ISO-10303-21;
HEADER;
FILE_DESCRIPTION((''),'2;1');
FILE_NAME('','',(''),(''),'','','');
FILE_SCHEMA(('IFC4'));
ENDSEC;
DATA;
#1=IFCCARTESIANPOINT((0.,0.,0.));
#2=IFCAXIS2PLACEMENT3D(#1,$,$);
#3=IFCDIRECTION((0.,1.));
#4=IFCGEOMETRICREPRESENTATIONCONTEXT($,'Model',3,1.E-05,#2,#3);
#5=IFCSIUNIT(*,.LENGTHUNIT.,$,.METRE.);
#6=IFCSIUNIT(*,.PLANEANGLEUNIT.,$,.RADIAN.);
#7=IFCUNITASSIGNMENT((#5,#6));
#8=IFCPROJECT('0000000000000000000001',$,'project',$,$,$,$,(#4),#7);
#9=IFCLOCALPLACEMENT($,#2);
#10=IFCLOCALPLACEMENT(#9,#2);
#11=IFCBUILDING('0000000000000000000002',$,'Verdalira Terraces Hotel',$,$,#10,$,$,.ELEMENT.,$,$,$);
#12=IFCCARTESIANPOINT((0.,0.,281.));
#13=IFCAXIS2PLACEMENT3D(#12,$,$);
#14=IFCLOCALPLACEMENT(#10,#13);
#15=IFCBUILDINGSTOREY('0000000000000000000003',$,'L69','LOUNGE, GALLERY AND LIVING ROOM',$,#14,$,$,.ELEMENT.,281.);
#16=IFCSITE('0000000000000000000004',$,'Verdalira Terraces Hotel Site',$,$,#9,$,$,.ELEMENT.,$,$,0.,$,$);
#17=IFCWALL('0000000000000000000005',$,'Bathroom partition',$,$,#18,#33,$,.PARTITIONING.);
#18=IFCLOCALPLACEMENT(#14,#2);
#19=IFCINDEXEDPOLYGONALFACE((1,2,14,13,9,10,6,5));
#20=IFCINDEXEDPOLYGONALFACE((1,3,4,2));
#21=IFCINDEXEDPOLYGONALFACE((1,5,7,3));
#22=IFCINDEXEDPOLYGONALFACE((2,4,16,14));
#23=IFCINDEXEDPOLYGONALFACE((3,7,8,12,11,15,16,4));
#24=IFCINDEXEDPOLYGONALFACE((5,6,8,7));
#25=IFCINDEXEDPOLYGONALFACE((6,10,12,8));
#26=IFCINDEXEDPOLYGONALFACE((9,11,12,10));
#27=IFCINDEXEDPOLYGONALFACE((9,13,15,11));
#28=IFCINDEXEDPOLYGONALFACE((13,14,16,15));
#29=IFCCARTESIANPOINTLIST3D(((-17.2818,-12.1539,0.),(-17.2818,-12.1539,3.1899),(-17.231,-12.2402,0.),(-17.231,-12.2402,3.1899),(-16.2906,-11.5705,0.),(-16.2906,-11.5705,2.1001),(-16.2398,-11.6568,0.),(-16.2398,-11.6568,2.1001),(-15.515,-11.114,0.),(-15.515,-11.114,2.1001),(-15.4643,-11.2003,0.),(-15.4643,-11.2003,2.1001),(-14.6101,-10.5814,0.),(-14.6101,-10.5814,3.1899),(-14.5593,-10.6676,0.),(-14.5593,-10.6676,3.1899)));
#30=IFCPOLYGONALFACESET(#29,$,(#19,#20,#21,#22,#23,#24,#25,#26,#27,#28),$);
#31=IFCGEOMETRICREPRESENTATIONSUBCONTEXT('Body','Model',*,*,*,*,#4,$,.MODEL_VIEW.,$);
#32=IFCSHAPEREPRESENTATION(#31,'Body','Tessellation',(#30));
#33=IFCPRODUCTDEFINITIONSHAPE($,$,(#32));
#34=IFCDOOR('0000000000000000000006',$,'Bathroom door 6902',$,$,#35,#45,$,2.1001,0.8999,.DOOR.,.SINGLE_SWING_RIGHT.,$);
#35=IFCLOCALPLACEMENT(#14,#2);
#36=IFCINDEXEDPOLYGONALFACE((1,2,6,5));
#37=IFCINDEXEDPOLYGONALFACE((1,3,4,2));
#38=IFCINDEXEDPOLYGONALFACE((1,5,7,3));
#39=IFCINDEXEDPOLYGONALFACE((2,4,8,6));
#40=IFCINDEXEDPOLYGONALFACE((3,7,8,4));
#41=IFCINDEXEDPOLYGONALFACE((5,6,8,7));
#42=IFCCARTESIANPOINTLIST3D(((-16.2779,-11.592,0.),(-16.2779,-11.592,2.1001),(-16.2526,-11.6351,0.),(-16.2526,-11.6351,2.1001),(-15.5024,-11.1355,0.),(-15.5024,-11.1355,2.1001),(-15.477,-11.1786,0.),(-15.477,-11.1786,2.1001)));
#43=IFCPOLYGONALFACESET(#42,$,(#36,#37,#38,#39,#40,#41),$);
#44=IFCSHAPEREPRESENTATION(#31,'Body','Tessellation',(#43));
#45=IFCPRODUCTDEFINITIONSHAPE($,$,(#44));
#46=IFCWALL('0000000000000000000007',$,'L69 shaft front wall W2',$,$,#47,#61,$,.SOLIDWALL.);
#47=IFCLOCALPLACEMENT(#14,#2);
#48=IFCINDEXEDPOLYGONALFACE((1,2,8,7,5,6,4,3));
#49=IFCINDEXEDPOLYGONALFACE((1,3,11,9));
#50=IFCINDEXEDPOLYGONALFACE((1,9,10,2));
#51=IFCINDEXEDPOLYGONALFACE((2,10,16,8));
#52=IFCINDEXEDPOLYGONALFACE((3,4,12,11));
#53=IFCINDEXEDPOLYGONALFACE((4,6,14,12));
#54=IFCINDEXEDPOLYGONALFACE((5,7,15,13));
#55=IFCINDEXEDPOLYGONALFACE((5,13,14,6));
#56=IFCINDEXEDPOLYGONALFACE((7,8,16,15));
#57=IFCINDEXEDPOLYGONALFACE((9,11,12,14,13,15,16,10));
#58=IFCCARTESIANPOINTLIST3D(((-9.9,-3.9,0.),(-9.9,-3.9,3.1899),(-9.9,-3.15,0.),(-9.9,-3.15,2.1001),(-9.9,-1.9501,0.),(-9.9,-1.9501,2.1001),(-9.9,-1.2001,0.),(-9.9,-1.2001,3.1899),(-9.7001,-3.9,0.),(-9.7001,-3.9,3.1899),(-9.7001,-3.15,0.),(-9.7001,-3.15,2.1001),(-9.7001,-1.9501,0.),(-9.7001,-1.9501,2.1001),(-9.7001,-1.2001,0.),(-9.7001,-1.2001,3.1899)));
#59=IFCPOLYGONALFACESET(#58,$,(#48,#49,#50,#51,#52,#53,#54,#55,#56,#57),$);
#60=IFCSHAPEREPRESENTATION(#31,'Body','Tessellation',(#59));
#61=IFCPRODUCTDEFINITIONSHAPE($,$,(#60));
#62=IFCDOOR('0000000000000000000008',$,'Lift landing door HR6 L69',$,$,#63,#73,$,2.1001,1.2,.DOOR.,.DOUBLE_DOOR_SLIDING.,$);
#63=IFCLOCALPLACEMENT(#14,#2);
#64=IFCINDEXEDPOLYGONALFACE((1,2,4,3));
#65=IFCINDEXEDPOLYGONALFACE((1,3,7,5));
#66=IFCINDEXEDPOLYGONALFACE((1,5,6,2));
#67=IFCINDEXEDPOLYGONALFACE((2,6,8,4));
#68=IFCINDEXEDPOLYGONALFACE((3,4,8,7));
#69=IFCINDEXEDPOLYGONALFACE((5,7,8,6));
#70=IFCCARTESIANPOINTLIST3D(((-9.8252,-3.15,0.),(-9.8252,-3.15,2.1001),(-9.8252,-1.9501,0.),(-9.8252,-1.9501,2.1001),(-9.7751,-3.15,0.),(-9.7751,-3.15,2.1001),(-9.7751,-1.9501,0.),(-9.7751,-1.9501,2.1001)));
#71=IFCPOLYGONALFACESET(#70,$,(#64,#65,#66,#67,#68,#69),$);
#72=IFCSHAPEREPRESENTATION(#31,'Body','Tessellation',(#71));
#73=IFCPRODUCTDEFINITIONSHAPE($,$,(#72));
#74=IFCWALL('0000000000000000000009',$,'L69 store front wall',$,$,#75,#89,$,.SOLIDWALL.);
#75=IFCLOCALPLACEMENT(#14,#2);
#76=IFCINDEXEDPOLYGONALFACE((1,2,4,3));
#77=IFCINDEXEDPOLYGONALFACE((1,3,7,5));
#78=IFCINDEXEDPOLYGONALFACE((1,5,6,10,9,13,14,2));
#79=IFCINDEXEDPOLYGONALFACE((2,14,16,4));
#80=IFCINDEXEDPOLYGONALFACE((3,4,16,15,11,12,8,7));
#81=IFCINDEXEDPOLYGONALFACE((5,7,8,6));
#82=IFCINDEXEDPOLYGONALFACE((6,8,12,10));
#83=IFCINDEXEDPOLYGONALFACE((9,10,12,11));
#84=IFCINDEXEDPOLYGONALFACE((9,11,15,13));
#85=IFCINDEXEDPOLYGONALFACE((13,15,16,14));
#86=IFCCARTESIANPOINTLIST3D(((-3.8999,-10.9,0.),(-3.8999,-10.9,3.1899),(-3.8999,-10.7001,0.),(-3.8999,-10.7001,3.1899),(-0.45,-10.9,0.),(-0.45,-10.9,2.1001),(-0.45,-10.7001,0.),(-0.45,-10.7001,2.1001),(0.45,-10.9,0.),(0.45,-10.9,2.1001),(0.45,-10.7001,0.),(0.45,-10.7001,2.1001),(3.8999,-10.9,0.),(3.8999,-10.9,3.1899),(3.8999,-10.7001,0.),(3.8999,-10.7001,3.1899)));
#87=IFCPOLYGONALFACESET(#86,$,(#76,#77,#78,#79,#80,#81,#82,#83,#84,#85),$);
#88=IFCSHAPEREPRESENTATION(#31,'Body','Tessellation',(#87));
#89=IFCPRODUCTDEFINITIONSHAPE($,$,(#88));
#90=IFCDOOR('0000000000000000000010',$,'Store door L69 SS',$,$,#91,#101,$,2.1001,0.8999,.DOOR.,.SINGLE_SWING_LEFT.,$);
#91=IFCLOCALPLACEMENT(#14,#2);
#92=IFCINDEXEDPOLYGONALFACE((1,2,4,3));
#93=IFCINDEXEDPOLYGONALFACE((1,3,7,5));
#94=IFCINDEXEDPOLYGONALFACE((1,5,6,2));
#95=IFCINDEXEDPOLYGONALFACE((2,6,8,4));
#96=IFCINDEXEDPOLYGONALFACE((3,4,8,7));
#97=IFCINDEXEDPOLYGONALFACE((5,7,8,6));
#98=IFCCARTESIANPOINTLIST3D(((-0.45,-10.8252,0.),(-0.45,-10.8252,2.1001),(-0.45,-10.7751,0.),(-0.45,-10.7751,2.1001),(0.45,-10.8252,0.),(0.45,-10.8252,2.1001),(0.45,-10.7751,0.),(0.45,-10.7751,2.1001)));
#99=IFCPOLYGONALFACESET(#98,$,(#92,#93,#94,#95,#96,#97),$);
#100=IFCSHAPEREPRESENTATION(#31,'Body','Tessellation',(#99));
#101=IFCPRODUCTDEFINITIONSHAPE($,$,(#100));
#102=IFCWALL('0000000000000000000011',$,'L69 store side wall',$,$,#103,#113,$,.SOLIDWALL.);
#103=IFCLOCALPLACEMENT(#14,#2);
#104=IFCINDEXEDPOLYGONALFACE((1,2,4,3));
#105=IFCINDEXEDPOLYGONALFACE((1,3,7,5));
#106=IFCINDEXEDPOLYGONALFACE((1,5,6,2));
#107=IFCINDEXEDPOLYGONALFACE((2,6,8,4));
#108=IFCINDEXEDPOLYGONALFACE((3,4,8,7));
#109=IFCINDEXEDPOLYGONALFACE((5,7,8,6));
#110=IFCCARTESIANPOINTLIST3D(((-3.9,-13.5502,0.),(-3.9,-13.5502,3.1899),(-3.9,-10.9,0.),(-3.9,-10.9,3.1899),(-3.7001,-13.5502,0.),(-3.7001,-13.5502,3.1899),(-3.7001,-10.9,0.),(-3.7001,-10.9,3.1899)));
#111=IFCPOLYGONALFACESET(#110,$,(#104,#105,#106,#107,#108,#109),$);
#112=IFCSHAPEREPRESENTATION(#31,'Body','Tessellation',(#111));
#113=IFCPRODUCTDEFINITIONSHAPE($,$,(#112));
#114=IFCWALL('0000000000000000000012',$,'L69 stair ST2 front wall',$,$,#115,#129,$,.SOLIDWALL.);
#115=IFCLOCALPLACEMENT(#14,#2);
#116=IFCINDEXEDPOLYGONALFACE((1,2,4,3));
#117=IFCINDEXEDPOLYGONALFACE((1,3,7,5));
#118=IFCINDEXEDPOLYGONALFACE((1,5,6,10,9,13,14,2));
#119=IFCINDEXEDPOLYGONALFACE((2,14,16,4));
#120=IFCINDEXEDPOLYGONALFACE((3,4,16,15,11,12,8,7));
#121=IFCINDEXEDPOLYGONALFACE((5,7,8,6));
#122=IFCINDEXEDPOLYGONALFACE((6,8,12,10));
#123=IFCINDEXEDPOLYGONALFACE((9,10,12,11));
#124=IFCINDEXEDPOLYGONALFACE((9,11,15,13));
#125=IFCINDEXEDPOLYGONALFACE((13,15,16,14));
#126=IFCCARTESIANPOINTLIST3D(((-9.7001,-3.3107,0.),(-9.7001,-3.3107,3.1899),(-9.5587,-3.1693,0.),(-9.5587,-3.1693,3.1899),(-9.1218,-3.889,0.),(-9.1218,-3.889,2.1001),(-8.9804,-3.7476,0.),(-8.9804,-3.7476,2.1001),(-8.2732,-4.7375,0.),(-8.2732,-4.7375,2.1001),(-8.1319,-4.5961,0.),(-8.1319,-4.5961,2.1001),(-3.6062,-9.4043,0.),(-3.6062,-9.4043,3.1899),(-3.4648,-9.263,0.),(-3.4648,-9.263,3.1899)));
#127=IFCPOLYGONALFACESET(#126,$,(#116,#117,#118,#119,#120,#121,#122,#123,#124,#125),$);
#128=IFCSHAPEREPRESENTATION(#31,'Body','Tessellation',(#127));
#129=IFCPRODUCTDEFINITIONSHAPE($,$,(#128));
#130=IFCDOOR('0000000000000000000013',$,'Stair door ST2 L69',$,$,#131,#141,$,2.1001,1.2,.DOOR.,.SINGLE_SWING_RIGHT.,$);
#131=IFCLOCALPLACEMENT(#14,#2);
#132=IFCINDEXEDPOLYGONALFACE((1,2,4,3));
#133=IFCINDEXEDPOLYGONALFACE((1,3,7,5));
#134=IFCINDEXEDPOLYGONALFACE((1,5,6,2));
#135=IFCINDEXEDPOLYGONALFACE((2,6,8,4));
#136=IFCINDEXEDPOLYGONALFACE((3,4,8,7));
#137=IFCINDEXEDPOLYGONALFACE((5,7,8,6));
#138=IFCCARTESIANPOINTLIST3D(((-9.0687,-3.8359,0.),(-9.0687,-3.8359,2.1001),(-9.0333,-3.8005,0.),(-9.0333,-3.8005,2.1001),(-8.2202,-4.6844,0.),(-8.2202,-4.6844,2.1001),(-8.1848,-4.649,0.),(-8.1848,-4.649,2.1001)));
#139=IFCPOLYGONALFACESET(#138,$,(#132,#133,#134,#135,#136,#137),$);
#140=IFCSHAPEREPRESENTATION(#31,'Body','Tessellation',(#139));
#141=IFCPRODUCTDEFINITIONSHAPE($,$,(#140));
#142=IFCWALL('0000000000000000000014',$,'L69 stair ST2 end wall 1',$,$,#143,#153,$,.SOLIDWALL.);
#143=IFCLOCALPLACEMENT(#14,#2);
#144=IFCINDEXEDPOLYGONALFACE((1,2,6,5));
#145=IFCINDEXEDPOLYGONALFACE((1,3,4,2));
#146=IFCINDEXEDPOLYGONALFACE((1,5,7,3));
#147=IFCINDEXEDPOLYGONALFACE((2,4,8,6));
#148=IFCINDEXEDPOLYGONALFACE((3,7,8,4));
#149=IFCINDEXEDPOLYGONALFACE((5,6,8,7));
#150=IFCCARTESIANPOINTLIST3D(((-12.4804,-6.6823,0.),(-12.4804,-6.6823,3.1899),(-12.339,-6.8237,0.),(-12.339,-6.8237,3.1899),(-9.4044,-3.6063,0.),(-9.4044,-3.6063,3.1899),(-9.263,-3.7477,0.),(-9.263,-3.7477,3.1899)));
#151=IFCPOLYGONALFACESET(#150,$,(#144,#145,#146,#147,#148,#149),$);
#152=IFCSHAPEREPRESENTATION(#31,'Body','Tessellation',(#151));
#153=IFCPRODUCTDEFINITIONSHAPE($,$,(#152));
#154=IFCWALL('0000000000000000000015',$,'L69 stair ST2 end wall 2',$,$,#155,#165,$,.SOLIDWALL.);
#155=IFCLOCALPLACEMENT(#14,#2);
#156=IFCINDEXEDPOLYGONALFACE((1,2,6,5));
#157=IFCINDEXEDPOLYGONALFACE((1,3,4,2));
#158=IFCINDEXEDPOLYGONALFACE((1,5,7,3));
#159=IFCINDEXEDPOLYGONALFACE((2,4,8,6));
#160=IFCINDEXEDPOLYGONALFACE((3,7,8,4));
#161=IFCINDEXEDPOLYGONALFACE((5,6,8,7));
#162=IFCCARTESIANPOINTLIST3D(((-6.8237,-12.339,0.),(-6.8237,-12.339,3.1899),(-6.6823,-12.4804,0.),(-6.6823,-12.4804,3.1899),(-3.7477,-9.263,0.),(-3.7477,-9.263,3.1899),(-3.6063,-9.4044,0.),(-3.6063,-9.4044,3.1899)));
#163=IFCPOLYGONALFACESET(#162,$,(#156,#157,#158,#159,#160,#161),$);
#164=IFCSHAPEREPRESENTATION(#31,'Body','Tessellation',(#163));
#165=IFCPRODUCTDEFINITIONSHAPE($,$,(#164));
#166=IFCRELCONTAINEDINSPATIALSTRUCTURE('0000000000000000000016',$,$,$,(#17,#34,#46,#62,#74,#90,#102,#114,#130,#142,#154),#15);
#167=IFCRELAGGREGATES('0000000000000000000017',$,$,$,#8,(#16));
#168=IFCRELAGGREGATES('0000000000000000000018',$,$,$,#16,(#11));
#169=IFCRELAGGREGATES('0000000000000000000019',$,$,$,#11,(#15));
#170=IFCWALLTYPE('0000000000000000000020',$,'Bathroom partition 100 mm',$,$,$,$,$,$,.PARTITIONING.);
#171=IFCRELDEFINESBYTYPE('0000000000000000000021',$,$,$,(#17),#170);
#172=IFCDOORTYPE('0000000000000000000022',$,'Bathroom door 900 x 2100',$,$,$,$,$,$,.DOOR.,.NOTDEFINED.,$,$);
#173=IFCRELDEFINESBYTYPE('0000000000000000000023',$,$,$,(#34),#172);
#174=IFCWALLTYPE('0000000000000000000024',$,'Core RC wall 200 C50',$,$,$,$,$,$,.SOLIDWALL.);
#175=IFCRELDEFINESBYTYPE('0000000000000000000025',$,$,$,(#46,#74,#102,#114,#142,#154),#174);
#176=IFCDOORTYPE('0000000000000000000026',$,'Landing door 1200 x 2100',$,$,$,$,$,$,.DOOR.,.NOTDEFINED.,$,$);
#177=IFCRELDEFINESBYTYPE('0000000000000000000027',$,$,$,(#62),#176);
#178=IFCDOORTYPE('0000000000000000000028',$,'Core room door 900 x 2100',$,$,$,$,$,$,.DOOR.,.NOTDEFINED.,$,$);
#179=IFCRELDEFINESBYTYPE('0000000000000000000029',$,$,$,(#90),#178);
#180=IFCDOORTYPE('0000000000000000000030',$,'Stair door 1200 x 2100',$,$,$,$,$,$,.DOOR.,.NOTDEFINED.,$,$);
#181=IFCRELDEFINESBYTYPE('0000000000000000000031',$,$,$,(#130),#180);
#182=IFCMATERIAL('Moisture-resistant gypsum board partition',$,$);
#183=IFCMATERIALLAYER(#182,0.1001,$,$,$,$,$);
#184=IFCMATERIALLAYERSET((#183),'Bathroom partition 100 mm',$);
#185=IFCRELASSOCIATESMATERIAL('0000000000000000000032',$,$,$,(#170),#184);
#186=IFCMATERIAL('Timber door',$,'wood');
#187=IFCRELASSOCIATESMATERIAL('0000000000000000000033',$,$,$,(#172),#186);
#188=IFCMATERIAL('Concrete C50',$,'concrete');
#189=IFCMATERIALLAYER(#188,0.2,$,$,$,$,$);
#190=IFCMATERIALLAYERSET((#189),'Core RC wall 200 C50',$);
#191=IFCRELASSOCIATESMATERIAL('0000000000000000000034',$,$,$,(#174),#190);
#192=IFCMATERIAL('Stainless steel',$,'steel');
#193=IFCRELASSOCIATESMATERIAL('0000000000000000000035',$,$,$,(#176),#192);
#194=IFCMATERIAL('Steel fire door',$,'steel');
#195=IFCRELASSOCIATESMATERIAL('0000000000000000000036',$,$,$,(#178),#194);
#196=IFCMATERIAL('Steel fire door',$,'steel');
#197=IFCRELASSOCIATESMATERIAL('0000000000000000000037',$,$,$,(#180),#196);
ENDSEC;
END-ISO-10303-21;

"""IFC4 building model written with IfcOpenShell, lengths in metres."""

from ifc_helpers import new_model, si_unit, direction, frame, frame_2d, origin, place, context, subcontext, project, spatial, rectangle, extrude, material, layer, layer_set, type_object, element, fill, save


model = new_model("IFC4")

# Units and contexts
model_context = context("Model", 3, precision=1e-05, world=origin(), true_north=direction((0.0, 1.0)))
body_context = subcontext(model_context, "Body", "Model", "MODEL_VIEW")
ifc_project = project(units=[si_unit("LENGTHUNIT", "METRE"), si_unit("PLANEANGLEUNIT", "RADIAN")], contexts=[model_context])

# Site, building, storey
site_placement = place(None, origin())
site = spatial("IfcSite", under=ifc_project, at=site_placement, Name="Verdalira Terraces Hotel Site", CompositionType="ELEMENT", RefElevation=0.0)
building_placement = place(site_placement, origin())
building = spatial("IfcBuilding", under=site, at=building_placement, Name="Verdalira Terraces Hotel", CompositionType="ELEMENT")
storey_placement = place(building_placement, frame((0.0, 0.0, 281.0)))
storey = spatial("IfcBuildingStorey", under=building, at=storey_placement, Name="L69", Description="LOUNGE, GALLERY AND LIVING ROOM", CompositionType="ELEMENT", Elevation=281.0)

# Walls, openings, doors
ifc_material_1 = material(Name="Moisture-resistant gypsum board partition")
ifc_layer_1 = layer(ifc_material_1, 0.1001)
ifc_layer_set_1 = layer_set([ifc_layer_1], Name="Bathroom partition 100 mm")
wall_type_1 = type_object("IfcWallType", Name="Bathroom partition 100 mm", PredefinedType="PARTITIONING", material=ifc_layer_set_1)
wall_1_placement = place(storey_placement, frame((-14.5847, -10.6245, 0.0), z_axis=(0.0, 0.0, 1.0), x_axis=(-0.861799, -0.507251, 0.0)))
wall_1 = element("IfcWall", 1, at=wall_1_placement, inside=storey, type_object=wall_type_1, Name="Bathroom partition", PredefinedType="PARTITIONING", context=body_context, shape_type="SweptSolid", body=[
    extrude(rectangle(XDim=3.1001, YDim=0.1001, at=frame_2d((1.55, 0.0))), origin(), (0.0, 0.0, 1.0), 3.1899),
])
opening_1_placement = place(wall_1_placement, frame((1.05, 0.0, 0.0)))
opening_1 = element("IfcOpeningElement", 2, at=opening_1_placement, cuts=wall_1, PredefinedType="OPENING", context=body_context, shape_type="SweptSolid", body=[
    extrude(rectangle(XDim=0.8999, YDim=2.1001, at=frame_2d((0.45, 1.05))), frame((0.0, 0.0601, 0.0), z_axis=(0.0, -1.0, 0.0), x_axis=(1.0, 0.0, 0.0)), (0.0, 0.0, 1.0), 0.1201),
])
ifc_material_2 = material(Name="Timber door", Category="wood")
door_type_1 = type_object("IfcDoorType", Name="Bathroom door 900 x 2100", OperationType="NOTDEFINED", PredefinedType="DOOR", material=ifc_material_2)
door_1_placement = place(opening_1_placement, origin())
door_1 = element("IfcDoor", 3, at=door_1_placement, inside=storey, type_object=door_type_1, Name="Bathroom door 6902", OperationType="SINGLE_SWING_RIGHT", OverallHeight=2.1001, OverallWidth=0.8999, PredefinedType="DOOR", context=body_context, shape_type="SweptSolid", body=[
    extrude(rectangle(XDim=0.8999, YDim=2.1001, at=frame_2d((0.45, 1.05))), frame((0.0, 0.0249, 0.0), z_axis=(0.0, -1.0, 0.0), x_axis=(1.0, 0.0, 0.0)), (0.0, 0.0, 1.0), 0.05),
])
fill(opening_1, door_1)
ifc_material_3 = material(Name="Concrete C50", Category="concrete")
ifc_layer_2 = layer(ifc_material_3, 0.2)
ifc_layer_set_2 = layer_set([ifc_layer_2], Name="Core RC wall 200 C50")
wall_type_2 = type_object("IfcWallType", Name="Core RC wall 200 C50", PredefinedType="SOLIDWALL", material=ifc_layer_set_2)
wall_2_placement = place(storey_placement, frame((-9.8, -1.2, 0.0), z_axis=(0.0, 0.0, 1.0), x_axis=(0.0, -1.0, 0.0)))
wall_2 = element("IfcWall", 4, at=wall_2_placement, inside=storey, type_object=wall_type_2, Name="L69 shaft front wall W2", PredefinedType="SOLIDWALL", context=body_context, shape_type="SweptSolid", body=[
    extrude(rectangle(XDim=2.7, YDim=0.2, at=frame_2d((1.3501, 0.0))), origin(), (0.0, 0.0, 1.0), 3.1899),
])
opening_2_placement = place(wall_2_placement, frame((0.75, 0.0, 0.0)))
opening_2 = element("IfcOpeningElement", 5, at=opening_2_placement, cuts=wall_2, PredefinedType="OPENING", context=body_context, shape_type="SweptSolid", body=[
    extrude(rectangle(XDim=1.2, YDim=2.1001, at=frame_2d((0.6001, 1.05))), frame((0.0, 0.1099, 0.0), z_axis=(0.0, -1.0, 0.0), x_axis=(1.0, 0.0, 0.0)), (0.0, 0.0, 1.0), 0.22),
])
ifc_material_4 = material(Name="Stainless steel", Category="steel")
door_type_2 = type_object("IfcDoorType", Name="Landing door 1200 x 2100", OperationType="NOTDEFINED", PredefinedType="DOOR", material=ifc_material_4)
door_2_placement = place(opening_2_placement, origin())
door_2 = element("IfcDoor", 6, at=door_2_placement, inside=storey, type_object=door_type_2, Name="Lift landing door HR6 L69", OperationType="DOUBLE_DOOR_SLIDING", OverallHeight=2.1001, OverallWidth=1.2, PredefinedType="DOOR", context=body_context, shape_type="SweptSolid", body=[
    extrude(rectangle(XDim=1.2, YDim=2.1001, at=frame_2d((0.6001, 1.05))), frame((0.0, 0.0249, 0.0), z_axis=(0.0, -1.0, 0.0), x_axis=(1.0, 0.0, 0.0)), (0.0, 0.0, 1.0), 0.05),
])
fill(opening_2, door_2)
wall_3_placement = place(storey_placement, frame((-3.8999, -10.8, 0.0), z_axis=(0.0, 0.0, 1.0), x_axis=(1.0, 0.0, 0.0)))
wall_3 = element("IfcWall", 7, at=wall_3_placement, inside=storey, type_object=wall_type_2, Name="L69 store front wall", PredefinedType="SOLIDWALL", context=body_context, shape_type="SweptSolid", body=[
    extrude(rectangle(XDim=7.7998, YDim=0.2, at=frame_2d((3.8999, 0.0))), origin(), (0.0, 0.0, 1.0), 3.1899),
])
opening_3_placement = place(wall_3_placement, frame((3.45, 0.0, 0.0)))
opening_3 = element("IfcOpeningElement", 8, at=opening_3_placement, cuts=wall_3, PredefinedType="OPENING", context=body_context, shape_type="SweptSolid", body=[
    extrude(rectangle(XDim=0.8999, YDim=2.1001, at=frame_2d((0.45, 1.05))), frame((0.0, 0.1099, 0.0), z_axis=(0.0, -1.0, 0.0), x_axis=(1.0, 0.0, 0.0)), (0.0, 0.0, 1.0), 0.22),
])
ifc_material_5 = material(Name="Steel fire door", Category="steel")
door_type_3 = type_object("IfcDoorType", Name="Core room door 900 x 2100", OperationType="NOTDEFINED", PredefinedType="DOOR", material=ifc_material_5)
door_3_placement = place(opening_3_placement, origin())
door_3 = element("IfcDoor", 9, at=door_3_placement, inside=storey, type_object=door_type_3, Name="Store door L69 SS", OperationType="SINGLE_SWING_LEFT", OverallHeight=2.1001, OverallWidth=0.8999, PredefinedType="DOOR", context=body_context, shape_type="SweptSolid", body=[
    extrude(rectangle(XDim=0.8999, YDim=2.1001, at=frame_2d((0.45, 1.05))), frame((0.0, 0.0249, 0.0), z_axis=(0.0, -1.0, 0.0), x_axis=(1.0, 0.0, 0.0)), (0.0, 0.0, 1.0), 0.05),
])
fill(opening_3, door_3)

# Wall
wall_4_placement = place(storey_placement, frame((-3.8, -10.8999, 0.0), z_axis=(0.0, 0.0, 1.0), x_axis=(0.0, -1.0, 0.0)))
element("IfcWall", 10, at=wall_4_placement, inside=storey, type_object=wall_type_2, Name="L69 store side wall", PredefinedType="SOLIDWALL", context=body_context, shape_type="SweptSolid", body=[
    extrude(rectangle(XDim=2.6501, YDim=0.2, at=frame_2d((1.3252, 0.0))), origin(), (0.0, 0.0, 1.0), 3.1899),
])

# Wall, opening, door
wall_5_placement = place(storey_placement, frame((-3.5354, -9.3337, 0.0), z_axis=(0.0, 0.0, 1.0), x_axis=(-0.707121, 0.707093, 0.0)))
wall_5 = element("IfcWall", 11, at=wall_5_placement, inside=storey, type_object=wall_type_2, Name="L69 stair ST2 front wall", PredefinedType="SOLIDWALL", context=body_context, shape_type="SweptSolid", body=[
    extrude(rectangle(XDim=8.6179, YDim=0.2, at=frame_2d((4.3091, 0.0))), origin(), (0.0, 0.0, 1.0), 3.1899),
])
opening_4_placement = place(wall_5_placement, frame((6.6001, 0.0, 0.0)))
opening_4 = element("IfcOpeningElement", 12, at=opening_4_placement, cuts=wall_5, PredefinedType="OPENING", context=body_context, shape_type="SweptSolid", body=[
    extrude(rectangle(XDim=1.2, YDim=2.1001, at=frame_2d((0.6001, 1.05))), frame((0.0, 0.1099, 0.0), z_axis=(0.0, -1.0, 0.0), x_axis=(1.0, 0.0, 0.0)), (0.0, 0.0, 1.0), 0.22),
])
ifc_material_6 = material(Name="Steel fire door", Category="steel")
door_type_4 = type_object("IfcDoorType", Name="Stair door 1200 x 2100", OperationType="NOTDEFINED", PredefinedType="DOOR", material=ifc_material_6)
door_4_placement = place(opening_4_placement, origin())
door_4 = element("IfcDoor", 13, at=door_4_placement, inside=storey, type_object=door_type_4, Name="Stair door ST2 L69", OperationType="SINGLE_SWING_RIGHT", OverallHeight=2.1001, OverallWidth=1.2, PredefinedType="DOOR", context=body_context, shape_type="SweptSolid", body=[
    extrude(rectangle(XDim=1.2, YDim=2.1001, at=frame_2d((0.6001, 1.05))), frame((0.0, 0.0249, 0.0), z_axis=(0.0, -1.0, 0.0), x_axis=(1.0, 0.0, 0.0)), (0.0, 0.0, 1.0), 0.05),
])
fill(opening_4, door_4)

# Walls
for number, where, z_axis, x_axis, name in (
    (14, (-9.3337, -3.677, 0.0), (0.0, 0.0, 1.0), (-0.707107, -0.707107, 0.0), "L69 stair ST2 end wall 1"),
    (15, (-3.677, -9.3337, 0.0), (0.0, 0.0, 1.0), (-0.707107, -0.707107, 0.0), "L69 stair ST2 end wall 2"),
):
    element("IfcWall", number, at=place(storey_placement, frame(where, z_axis=z_axis, x_axis=x_axis)), inside=storey, type_object=wall_type_2, Name=name, PredefinedType="SOLIDWALL", context=body_context, shape_type="SweptSolid", body=[
        extrude(rectangle(XDim=4.3501, YDim=0.2, at=frame_2d((2.175, 0.0))), origin(), (0.0, 0.0, 1.0), 3.1899),
    ])

save(model, "model.ifc")
